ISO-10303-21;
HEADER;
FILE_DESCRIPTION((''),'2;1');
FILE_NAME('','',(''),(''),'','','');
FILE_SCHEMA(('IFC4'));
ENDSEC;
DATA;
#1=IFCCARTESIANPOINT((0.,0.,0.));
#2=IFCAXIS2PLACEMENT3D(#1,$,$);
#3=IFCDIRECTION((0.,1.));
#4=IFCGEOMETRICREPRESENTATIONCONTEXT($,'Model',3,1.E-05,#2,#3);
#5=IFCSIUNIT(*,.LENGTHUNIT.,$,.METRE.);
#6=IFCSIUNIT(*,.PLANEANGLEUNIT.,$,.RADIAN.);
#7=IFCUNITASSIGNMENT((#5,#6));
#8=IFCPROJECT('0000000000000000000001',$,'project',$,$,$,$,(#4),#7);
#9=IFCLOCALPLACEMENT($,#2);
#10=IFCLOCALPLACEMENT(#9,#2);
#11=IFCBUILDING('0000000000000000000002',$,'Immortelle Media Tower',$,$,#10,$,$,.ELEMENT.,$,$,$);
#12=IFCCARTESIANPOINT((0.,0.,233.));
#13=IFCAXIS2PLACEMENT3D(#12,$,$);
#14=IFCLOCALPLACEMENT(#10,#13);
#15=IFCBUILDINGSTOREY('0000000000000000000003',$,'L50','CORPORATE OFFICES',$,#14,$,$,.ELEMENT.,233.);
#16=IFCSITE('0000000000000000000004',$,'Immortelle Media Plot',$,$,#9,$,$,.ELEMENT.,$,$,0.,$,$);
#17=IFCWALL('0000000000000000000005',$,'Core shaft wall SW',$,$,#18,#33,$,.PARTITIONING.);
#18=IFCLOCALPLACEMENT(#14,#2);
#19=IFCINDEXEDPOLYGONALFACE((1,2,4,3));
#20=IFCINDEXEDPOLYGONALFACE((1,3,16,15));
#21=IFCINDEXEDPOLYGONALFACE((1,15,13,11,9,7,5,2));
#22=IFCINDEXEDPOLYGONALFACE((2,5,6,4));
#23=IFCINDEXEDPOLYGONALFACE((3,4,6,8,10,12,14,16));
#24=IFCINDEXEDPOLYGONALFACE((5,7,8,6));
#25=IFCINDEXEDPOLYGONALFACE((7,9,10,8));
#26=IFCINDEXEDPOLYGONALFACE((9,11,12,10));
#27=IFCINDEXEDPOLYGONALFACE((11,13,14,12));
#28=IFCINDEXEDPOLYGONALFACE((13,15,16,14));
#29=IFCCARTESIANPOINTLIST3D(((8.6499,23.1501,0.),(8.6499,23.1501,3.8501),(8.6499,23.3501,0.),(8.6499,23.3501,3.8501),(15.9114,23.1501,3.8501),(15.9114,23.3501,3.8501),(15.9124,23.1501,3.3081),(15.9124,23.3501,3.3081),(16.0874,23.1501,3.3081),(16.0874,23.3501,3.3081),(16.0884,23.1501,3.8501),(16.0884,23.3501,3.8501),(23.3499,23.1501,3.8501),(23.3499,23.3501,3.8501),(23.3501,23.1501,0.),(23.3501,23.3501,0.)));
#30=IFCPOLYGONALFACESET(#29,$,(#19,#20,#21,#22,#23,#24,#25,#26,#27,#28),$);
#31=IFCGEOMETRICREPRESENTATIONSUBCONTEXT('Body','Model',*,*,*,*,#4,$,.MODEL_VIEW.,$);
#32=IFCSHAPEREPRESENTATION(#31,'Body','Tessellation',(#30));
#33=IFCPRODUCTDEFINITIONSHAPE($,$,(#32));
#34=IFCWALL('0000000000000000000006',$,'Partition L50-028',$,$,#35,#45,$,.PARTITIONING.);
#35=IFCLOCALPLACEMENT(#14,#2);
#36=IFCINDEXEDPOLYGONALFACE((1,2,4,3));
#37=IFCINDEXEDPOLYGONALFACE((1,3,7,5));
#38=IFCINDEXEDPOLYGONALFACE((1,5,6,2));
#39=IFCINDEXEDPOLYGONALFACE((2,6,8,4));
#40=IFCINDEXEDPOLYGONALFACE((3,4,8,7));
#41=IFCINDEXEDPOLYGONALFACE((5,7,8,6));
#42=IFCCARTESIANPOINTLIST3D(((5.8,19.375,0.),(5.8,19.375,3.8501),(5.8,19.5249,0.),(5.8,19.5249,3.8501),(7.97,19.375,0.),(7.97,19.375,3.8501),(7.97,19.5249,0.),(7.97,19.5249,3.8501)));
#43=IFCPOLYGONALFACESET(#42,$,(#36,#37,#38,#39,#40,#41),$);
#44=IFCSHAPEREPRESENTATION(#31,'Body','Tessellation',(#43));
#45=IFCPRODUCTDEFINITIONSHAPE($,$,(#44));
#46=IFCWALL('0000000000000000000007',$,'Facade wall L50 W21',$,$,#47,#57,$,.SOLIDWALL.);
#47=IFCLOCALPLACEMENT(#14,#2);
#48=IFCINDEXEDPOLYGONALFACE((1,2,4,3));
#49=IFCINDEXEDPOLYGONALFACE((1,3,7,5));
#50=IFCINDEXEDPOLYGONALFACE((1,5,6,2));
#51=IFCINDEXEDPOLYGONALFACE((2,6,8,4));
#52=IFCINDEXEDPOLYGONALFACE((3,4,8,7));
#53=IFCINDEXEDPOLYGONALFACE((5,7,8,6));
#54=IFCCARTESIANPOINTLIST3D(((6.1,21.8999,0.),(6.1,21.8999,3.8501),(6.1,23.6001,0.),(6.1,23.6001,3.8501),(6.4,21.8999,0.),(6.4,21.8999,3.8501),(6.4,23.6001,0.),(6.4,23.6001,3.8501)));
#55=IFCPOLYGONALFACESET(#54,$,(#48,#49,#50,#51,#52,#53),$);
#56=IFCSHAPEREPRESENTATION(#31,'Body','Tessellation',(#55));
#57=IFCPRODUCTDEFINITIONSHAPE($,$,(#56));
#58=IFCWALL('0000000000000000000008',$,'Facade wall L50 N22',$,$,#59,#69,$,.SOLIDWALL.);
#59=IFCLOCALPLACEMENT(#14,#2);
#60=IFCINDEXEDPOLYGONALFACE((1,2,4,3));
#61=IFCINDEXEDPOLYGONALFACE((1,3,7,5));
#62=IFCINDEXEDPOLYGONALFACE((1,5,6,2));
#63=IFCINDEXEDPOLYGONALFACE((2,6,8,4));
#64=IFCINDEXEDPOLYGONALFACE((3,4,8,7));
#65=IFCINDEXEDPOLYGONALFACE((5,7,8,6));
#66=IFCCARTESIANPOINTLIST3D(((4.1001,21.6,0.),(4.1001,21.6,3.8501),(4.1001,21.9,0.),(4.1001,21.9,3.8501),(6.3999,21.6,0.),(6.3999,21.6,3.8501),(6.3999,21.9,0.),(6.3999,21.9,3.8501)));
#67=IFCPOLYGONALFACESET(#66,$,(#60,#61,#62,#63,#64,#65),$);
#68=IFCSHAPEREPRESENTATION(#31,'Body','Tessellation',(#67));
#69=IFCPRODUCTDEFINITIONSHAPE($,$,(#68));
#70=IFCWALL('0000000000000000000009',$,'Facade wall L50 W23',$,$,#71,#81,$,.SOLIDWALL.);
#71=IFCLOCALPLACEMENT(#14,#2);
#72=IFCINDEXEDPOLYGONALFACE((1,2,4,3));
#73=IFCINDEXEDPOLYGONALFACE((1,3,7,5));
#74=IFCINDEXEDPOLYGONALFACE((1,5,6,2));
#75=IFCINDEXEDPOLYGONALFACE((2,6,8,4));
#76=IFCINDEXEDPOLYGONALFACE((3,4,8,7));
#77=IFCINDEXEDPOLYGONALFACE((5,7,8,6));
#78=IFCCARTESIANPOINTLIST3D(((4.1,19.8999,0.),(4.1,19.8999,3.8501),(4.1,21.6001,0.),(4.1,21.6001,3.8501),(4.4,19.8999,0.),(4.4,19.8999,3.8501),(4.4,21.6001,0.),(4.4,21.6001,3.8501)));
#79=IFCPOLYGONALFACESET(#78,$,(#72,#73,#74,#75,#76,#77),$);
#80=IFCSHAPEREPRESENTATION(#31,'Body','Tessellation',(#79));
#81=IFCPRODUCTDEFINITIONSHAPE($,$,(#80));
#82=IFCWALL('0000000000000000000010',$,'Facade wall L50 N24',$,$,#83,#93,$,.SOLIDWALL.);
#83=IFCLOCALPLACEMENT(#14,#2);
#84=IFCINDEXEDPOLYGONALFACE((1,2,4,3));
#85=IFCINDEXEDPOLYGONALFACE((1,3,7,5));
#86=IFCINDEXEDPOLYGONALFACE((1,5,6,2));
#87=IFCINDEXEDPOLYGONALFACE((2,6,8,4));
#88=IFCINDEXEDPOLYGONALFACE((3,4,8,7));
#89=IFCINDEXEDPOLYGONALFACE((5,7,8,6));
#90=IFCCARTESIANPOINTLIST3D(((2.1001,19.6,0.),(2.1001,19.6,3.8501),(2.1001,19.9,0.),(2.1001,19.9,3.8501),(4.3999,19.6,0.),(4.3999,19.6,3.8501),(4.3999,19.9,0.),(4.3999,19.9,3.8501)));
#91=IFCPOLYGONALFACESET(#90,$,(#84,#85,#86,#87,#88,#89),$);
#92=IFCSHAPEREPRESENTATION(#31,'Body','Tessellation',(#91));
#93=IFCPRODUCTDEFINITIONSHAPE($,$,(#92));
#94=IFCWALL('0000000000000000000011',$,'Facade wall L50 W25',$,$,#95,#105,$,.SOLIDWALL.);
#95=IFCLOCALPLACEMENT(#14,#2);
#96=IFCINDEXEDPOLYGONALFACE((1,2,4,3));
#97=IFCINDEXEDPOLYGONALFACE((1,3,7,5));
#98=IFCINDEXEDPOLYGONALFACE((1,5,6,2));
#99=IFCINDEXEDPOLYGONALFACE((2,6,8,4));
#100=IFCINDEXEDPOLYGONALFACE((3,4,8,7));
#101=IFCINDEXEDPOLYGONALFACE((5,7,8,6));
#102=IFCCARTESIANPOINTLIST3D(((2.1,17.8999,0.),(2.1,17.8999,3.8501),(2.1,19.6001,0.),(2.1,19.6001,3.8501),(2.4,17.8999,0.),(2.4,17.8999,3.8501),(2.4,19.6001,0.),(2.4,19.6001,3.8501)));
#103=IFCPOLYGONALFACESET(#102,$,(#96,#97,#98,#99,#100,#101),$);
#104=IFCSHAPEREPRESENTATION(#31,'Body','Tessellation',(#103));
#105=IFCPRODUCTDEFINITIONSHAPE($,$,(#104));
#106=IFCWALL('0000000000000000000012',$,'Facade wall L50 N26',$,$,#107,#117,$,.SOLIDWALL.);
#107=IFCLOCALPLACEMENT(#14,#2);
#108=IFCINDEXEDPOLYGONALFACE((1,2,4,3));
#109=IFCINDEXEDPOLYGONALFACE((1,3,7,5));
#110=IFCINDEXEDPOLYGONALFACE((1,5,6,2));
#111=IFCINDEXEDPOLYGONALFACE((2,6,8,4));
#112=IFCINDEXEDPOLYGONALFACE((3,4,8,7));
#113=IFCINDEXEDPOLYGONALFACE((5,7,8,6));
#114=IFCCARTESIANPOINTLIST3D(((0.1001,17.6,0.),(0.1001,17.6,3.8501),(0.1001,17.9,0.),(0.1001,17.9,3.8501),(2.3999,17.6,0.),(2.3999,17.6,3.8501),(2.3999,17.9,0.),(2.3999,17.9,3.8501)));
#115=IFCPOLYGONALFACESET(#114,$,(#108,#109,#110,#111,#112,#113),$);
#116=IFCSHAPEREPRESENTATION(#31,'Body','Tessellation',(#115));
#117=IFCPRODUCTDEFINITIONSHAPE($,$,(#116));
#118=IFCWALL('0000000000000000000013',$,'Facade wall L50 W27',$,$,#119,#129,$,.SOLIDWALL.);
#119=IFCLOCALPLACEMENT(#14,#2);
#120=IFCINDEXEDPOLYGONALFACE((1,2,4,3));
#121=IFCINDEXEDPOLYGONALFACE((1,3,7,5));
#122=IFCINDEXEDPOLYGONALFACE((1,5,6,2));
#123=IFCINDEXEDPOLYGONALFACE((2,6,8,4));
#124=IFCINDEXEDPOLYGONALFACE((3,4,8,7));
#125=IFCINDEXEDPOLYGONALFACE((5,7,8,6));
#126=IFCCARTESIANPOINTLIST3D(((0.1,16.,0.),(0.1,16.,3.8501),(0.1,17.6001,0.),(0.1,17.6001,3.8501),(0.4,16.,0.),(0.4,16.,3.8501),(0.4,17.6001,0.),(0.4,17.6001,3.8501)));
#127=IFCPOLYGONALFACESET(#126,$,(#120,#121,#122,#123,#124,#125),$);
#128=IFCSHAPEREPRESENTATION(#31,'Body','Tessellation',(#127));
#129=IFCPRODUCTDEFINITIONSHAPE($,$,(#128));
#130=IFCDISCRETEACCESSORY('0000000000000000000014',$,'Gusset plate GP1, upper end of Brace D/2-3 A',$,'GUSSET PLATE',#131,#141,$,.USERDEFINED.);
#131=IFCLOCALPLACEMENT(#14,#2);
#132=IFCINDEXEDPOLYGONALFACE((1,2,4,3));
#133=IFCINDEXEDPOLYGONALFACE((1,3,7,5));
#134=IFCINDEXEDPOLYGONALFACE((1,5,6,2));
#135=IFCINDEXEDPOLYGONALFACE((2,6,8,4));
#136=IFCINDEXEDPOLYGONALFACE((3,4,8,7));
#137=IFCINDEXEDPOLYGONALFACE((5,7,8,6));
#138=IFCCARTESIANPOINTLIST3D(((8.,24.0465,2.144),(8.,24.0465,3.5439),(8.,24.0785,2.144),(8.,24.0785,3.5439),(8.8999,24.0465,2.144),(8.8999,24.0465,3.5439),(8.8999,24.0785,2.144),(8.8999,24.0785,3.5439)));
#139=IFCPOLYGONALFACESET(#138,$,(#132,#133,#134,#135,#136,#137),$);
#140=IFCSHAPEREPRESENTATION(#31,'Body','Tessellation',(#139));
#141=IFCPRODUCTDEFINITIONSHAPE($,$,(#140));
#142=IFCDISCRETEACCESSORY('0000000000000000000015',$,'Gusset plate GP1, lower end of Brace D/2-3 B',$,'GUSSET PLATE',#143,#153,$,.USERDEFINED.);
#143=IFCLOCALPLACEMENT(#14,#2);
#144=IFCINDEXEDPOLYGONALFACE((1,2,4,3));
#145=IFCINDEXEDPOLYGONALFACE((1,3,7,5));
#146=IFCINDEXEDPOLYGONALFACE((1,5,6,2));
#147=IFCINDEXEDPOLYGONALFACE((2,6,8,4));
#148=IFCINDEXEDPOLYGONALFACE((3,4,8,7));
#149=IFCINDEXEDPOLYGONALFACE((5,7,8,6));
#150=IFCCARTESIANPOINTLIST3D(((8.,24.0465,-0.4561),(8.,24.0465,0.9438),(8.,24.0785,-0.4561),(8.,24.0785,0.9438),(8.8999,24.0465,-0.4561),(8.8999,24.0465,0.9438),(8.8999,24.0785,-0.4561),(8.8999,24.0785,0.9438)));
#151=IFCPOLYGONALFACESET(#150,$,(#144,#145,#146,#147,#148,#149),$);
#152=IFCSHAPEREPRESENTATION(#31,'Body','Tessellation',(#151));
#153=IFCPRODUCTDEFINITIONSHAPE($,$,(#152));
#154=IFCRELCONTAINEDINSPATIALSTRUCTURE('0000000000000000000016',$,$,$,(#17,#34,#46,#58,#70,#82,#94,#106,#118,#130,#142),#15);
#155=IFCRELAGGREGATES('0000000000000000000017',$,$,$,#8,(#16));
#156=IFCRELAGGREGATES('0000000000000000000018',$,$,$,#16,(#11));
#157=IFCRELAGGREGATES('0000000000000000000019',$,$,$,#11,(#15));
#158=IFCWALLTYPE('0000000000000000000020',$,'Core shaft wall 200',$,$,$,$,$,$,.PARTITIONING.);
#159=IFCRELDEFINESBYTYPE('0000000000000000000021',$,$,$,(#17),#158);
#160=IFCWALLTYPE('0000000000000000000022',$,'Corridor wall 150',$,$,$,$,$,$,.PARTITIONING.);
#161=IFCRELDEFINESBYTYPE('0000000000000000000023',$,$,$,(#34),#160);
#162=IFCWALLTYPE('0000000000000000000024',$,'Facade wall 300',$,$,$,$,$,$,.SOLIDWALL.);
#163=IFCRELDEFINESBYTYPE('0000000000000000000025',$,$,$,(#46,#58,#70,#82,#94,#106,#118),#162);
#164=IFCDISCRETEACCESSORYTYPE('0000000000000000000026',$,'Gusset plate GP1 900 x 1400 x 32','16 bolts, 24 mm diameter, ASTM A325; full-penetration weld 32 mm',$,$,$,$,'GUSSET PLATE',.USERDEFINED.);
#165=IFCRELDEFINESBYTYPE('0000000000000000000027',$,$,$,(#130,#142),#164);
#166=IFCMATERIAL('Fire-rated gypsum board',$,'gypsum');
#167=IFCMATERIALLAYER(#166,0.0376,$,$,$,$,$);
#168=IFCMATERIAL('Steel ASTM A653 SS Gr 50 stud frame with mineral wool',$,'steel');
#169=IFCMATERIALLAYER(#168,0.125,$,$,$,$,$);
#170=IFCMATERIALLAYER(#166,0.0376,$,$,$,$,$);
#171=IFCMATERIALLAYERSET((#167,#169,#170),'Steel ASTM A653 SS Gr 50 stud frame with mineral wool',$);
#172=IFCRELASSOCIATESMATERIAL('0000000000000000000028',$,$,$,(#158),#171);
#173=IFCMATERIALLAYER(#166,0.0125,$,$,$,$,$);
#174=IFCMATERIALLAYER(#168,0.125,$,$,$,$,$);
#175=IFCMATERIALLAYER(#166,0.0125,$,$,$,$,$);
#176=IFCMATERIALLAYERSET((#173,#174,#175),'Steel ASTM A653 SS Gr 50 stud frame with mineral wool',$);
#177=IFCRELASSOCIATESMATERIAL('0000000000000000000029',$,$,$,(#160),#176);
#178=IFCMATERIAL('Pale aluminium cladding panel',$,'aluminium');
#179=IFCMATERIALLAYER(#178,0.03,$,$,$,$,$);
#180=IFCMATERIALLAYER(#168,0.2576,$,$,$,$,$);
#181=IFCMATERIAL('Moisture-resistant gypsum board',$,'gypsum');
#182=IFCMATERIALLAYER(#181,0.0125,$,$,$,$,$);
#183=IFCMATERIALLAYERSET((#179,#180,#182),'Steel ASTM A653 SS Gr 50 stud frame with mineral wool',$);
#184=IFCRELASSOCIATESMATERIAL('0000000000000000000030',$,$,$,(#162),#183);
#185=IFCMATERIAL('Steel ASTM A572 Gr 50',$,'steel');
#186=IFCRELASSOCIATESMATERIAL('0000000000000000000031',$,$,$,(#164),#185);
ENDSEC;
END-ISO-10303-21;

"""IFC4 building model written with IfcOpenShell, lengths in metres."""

from ifc_helpers import new_model, si_unit, direction, frame, frame_2d, origin, origin_2d, place, context, subcontext, project, spatial, polyline, rectangle, outline, extrude, material, layer, layer_set, material_profile, profile_set, type_object, element, save


model = new_model("IFC4")

# Units and contexts
model_context = context("Model", 3, precision=1e-05, world=origin(), true_north=direction((0.0, 1.0)))
body_context = subcontext(model_context, "Body", "Model", "MODEL_VIEW")
ifc_project = project(units=[si_unit("LENGTHUNIT", "METRE"), si_unit("PLANEANGLEUNIT", "RADIAN")], contexts=[model_context])

# Site, building, storey
site_placement = place(None, origin())
site = spatial("IfcSite", under=ifc_project, at=site_placement, Name="Immortelle Media Plot", CompositionType="ELEMENT", RefElevation=0.0)
building_placement = place(site_placement, origin())
building = spatial("IfcBuilding", under=site, at=building_placement, Name="Immortelle Media Tower", CompositionType="ELEMENT")
storey_placement = place(building_placement, frame((0.0, 0.0, 233.0)))
storey = spatial("IfcBuildingStorey", under=building, at=storey_placement, Name="L50", Description="CORPORATE OFFICES", CompositionType="ELEMENT", Elevation=233.0)

# Walls
ifc_material_1 = material(Name="Fire-rated gypsum board", Category="gypsum")
ifc_layer_1 = layer(ifc_material_1, 0.0376)
ifc_material_2 = material(Name="Steel ASTM A653 SS Gr 50 stud frame with mineral wool", Category="steel")
ifc_layer_2 = layer(ifc_material_2, 0.125)
ifc_layer_3 = layer(ifc_material_1, 0.0376)
ifc_layer_set_1 = layer_set([ifc_layer_1, ifc_layer_2, ifc_layer_3], Name="Steel ASTM A653 SS Gr 50 stud frame with mineral wool")
wall_type_1 = type_object("IfcWallType", Name="Core shaft wall 200", PredefinedType="PARTITIONING", material=ifc_layer_set_1)
wall_1_placement = place(storey_placement, frame((8.6499, 23.25, 0.0), z_axis=(0.0, 0.0, 1.0), x_axis=(1.0, 0.0, 0.0)))
element("IfcWall", 1, at=wall_1_placement, inside=storey, type_object=wall_type_1, Name="Core shaft wall SW", PredefinedType="PARTITIONING", context=body_context, shape_type="SweptSolid", body=[
    extrude(outline(polyline([(0.0, 0.0), (14.7002, 0.0), (14.7, 3.8501), (7.4385, 3.8501), (7.4375, 3.3081), (7.2625, 3.3081), (7.2615, 3.8501), (0.0, 3.8501), (0.0, 0.0)])), frame((0.0, 0.1001, 0.0), z_axis=(0.0, -1.0, 0.0), x_axis=(1.0, 0.0, 0.0)), (0.0, 0.0, 1.0), 0.2),
])
ifc_layer_4 = layer(ifc_material_1, 0.0125)
ifc_layer_5 = layer(ifc_material_2, 0.125)
ifc_layer_6 = layer(ifc_material_1, 0.0125)
ifc_layer_set_2 = layer_set([ifc_layer_4, ifc_layer_5, ifc_layer_6], Name="Steel ASTM A653 SS Gr 50 stud frame with mineral wool")
wall_type_2 = type_object("IfcWallType", Name="Corridor wall 150", PredefinedType="PARTITIONING", material=ifc_layer_set_2)
wall_2_placement = place(storey_placement, frame((5.8, 19.45, 0.0), z_axis=(0.0, 0.0, 1.0), x_axis=(1.0, 0.0, 0.0)))
element("IfcWall", 2, at=wall_2_placement, inside=storey, type_object=wall_type_2, Name="Partition L50-028", PredefinedType="PARTITIONING", context=body_context, shape_type="SweptSolid", body=[
    extrude(rectangle(XDim=2.1699, YDim=0.1499, at=frame_2d((1.085, 0.0))), origin(), (0.0, 0.0, 1.0), 3.8501),
])
ifc_material_3 = material(Name="Pale aluminium cladding panel", Category="aluminium")
ifc_layer_7 = layer(ifc_material_3, 0.03)
ifc_layer_8 = layer(ifc_material_2, 0.2576)
ifc_material_4 = material(Name="Moisture-resistant gypsum board", Category="gypsum")
ifc_layer_9 = layer(ifc_material_4, 0.0125)
ifc_layer_set_3 = layer_set([ifc_layer_7, ifc_layer_8, ifc_layer_9], Name="Steel ASTM A653 SS Gr 50 stud frame with mineral wool")
wall_type_3 = type_object("IfcWallType", Name="Facade wall 300", PredefinedType="SOLIDWALL", material=ifc_layer_set_3)
wall_3_placement = place(storey_placement, frame((6.25, 23.6001, 0.0), z_axis=(0.0, 0.0, 1.0), x_axis=(0.0, -1.0, 0.0)))
element("IfcWall", 3, at=wall_3_placement, inside=storey, type_object=wall_type_3, Name="Facade wall L50 W21", PredefinedType="SOLIDWALL", context=body_context, shape_type="SweptSolid", body=[
    extrude(rectangle(XDim=1.7002, YDim=0.3, at=frame_2d((0.8501, 0.0))), origin(), (0.0, 0.0, 1.0), 3.8501),
])
wall_4_placement = place(storey_placement, frame((6.3999, 21.75, 0.0), z_axis=(0.0, 0.0, 1.0), x_axis=(-1.0, 0.0, 0.0)))
element("IfcWall", 4, at=wall_4_placement, inside=storey, type_object=wall_type_3, Name="Facade wall L50 N22", PredefinedType="SOLIDWALL", context=body_context, shape_type="SweptSolid", body=[
    extrude(rectangle(XDim=2.2998, YDim=0.3, at=frame_2d((1.1499, 0.0))), origin(), (0.0, 0.0, 1.0), 3.8501),
])
wall_5_placement = place(storey_placement, frame((4.25, 21.6001, 0.0), z_axis=(0.0, 0.0, 1.0), x_axis=(0.0, -1.0, 0.0)))
element("IfcWall", 5, at=wall_5_placement, inside=storey, type_object=wall_type_3, Name="Facade wall L50 W23", PredefinedType="SOLIDWALL", context=body_context, shape_type="SweptSolid", body=[
    extrude(rectangle(XDim=1.7002, YDim=0.3, at=frame_2d((0.8501, 0.0))), origin(), (0.0, 0.0, 1.0), 3.8501),
])
wall_6_placement = place(storey_placement, frame((4.3999, 19.75, 0.0), z_axis=(0.0, 0.0, 1.0), x_axis=(-1.0, 0.0, 0.0)))
element("IfcWall", 6, at=wall_6_placement, inside=storey, type_object=wall_type_3, Name="Facade wall L50 N24", PredefinedType="SOLIDWALL", context=body_context, shape_type="SweptSolid", body=[
    extrude(rectangle(XDim=2.2998, YDim=0.3, at=frame_2d((1.1499, 0.0))), origin(), (0.0, 0.0, 1.0), 3.8501),
])
wall_7_placement = place(storey_placement, frame((2.25, 19.6001, 0.0), z_axis=(0.0, 0.0, 1.0), x_axis=(0.0, -1.0, 0.0)))
element("IfcWall", 7, at=wall_7_placement, inside=storey, type_object=wall_type_3, Name="Facade wall L50 W25", PredefinedType="SOLIDWALL", context=body_context, shape_type="SweptSolid", body=[
    extrude(rectangle(XDim=1.7002, YDim=0.3, at=frame_2d((0.8501, 0.0))), origin(), (0.0, 0.0, 1.0), 3.8501),
])
wall_8_placement = place(storey_placement, frame((2.3999, 17.75, 0.0), z_axis=(0.0, 0.0, 1.0), x_axis=(-1.0, 0.0, 0.0)))
element("IfcWall", 8, at=wall_8_placement, inside=storey, type_object=wall_type_3, Name="Facade wall L50 N26", PredefinedType="SOLIDWALL", context=body_context, shape_type="SweptSolid", body=[
    extrude(rectangle(XDim=2.2998, YDim=0.3, at=frame_2d((1.1499, 0.0))), origin(), (0.0, 0.0, 1.0), 3.8501),
])
wall_9_placement = place(storey_placement, frame((0.25, 17.6001, 0.0), z_axis=(0.0, 0.0, 1.0), x_axis=(0.0, -1.0, 0.0)))
element("IfcWall", 9, at=wall_9_placement, inside=storey, type_object=wall_type_3, Name="Facade wall L50 W27", PredefinedType="SOLIDWALL", context=body_context, shape_type="SweptSolid", body=[
    extrude(rectangle(XDim=1.6001, YDim=0.3, at=frame_2d((0.8, 0.0))), origin(), (0.0, 0.0, 1.0), 3.8501),
])

# Discrete accessories
ifc_material_5 = material(Name="Steel ASTM A572 Gr 50", Category="steel")
ifc_material_profile_1 = material_profile(ifc_material_5, rectangle(XDim=0.032, YDim=1.3999, at=origin_2d()), Name="PL 32 x 1400")
ifc_profile_set_1 = profile_set([ifc_material_profile_1], Name="Steel ASTM A572 Gr 50")
discrete_accessory_type = type_object("IfcDiscreteAccessoryType", Name="Gusset plate GP1 900 x 1400 x 32", Description="16 bolts, 24 mm diameter, ASTM A325; full-penetration weld 32 mm", ElementType="GUSSET PLATE", PredefinedType="USERDEFINED", material=ifc_profile_set_1)
for number, where, z_axis, x_axis, name in (
    (10, (8.0, 24.0625, 2.844), (1.0, 0.0, 0.0), (0.0, 1.0, 0.0), "Gusset plate GP1, upper end of Brace D/2-3 A"),
    (11, (8.0, 24.0625, 0.2439), (1.0, 0.0, 0.0), (0.0, 1.0, 0.0), "Gusset plate GP1, lower end of Brace D/2-3 B"),
):
    element("IfcDiscreteAccessory", number, at=place(storey_placement, frame(where, z_axis=z_axis, x_axis=x_axis)), inside=storey, type_object=discrete_accessory_type, Name=name, ObjectType="GUSSET PLATE", PredefinedType="USERDEFINED", context=body_context, shape_type="SweptSolid", body=[
        extrude(rectangle(XDim=0.032, YDim=1.3999, at=origin_2d()), origin(), (0.0, 0.0, 1.0), 0.8999),
    ])

save(model, "model.ifc")
